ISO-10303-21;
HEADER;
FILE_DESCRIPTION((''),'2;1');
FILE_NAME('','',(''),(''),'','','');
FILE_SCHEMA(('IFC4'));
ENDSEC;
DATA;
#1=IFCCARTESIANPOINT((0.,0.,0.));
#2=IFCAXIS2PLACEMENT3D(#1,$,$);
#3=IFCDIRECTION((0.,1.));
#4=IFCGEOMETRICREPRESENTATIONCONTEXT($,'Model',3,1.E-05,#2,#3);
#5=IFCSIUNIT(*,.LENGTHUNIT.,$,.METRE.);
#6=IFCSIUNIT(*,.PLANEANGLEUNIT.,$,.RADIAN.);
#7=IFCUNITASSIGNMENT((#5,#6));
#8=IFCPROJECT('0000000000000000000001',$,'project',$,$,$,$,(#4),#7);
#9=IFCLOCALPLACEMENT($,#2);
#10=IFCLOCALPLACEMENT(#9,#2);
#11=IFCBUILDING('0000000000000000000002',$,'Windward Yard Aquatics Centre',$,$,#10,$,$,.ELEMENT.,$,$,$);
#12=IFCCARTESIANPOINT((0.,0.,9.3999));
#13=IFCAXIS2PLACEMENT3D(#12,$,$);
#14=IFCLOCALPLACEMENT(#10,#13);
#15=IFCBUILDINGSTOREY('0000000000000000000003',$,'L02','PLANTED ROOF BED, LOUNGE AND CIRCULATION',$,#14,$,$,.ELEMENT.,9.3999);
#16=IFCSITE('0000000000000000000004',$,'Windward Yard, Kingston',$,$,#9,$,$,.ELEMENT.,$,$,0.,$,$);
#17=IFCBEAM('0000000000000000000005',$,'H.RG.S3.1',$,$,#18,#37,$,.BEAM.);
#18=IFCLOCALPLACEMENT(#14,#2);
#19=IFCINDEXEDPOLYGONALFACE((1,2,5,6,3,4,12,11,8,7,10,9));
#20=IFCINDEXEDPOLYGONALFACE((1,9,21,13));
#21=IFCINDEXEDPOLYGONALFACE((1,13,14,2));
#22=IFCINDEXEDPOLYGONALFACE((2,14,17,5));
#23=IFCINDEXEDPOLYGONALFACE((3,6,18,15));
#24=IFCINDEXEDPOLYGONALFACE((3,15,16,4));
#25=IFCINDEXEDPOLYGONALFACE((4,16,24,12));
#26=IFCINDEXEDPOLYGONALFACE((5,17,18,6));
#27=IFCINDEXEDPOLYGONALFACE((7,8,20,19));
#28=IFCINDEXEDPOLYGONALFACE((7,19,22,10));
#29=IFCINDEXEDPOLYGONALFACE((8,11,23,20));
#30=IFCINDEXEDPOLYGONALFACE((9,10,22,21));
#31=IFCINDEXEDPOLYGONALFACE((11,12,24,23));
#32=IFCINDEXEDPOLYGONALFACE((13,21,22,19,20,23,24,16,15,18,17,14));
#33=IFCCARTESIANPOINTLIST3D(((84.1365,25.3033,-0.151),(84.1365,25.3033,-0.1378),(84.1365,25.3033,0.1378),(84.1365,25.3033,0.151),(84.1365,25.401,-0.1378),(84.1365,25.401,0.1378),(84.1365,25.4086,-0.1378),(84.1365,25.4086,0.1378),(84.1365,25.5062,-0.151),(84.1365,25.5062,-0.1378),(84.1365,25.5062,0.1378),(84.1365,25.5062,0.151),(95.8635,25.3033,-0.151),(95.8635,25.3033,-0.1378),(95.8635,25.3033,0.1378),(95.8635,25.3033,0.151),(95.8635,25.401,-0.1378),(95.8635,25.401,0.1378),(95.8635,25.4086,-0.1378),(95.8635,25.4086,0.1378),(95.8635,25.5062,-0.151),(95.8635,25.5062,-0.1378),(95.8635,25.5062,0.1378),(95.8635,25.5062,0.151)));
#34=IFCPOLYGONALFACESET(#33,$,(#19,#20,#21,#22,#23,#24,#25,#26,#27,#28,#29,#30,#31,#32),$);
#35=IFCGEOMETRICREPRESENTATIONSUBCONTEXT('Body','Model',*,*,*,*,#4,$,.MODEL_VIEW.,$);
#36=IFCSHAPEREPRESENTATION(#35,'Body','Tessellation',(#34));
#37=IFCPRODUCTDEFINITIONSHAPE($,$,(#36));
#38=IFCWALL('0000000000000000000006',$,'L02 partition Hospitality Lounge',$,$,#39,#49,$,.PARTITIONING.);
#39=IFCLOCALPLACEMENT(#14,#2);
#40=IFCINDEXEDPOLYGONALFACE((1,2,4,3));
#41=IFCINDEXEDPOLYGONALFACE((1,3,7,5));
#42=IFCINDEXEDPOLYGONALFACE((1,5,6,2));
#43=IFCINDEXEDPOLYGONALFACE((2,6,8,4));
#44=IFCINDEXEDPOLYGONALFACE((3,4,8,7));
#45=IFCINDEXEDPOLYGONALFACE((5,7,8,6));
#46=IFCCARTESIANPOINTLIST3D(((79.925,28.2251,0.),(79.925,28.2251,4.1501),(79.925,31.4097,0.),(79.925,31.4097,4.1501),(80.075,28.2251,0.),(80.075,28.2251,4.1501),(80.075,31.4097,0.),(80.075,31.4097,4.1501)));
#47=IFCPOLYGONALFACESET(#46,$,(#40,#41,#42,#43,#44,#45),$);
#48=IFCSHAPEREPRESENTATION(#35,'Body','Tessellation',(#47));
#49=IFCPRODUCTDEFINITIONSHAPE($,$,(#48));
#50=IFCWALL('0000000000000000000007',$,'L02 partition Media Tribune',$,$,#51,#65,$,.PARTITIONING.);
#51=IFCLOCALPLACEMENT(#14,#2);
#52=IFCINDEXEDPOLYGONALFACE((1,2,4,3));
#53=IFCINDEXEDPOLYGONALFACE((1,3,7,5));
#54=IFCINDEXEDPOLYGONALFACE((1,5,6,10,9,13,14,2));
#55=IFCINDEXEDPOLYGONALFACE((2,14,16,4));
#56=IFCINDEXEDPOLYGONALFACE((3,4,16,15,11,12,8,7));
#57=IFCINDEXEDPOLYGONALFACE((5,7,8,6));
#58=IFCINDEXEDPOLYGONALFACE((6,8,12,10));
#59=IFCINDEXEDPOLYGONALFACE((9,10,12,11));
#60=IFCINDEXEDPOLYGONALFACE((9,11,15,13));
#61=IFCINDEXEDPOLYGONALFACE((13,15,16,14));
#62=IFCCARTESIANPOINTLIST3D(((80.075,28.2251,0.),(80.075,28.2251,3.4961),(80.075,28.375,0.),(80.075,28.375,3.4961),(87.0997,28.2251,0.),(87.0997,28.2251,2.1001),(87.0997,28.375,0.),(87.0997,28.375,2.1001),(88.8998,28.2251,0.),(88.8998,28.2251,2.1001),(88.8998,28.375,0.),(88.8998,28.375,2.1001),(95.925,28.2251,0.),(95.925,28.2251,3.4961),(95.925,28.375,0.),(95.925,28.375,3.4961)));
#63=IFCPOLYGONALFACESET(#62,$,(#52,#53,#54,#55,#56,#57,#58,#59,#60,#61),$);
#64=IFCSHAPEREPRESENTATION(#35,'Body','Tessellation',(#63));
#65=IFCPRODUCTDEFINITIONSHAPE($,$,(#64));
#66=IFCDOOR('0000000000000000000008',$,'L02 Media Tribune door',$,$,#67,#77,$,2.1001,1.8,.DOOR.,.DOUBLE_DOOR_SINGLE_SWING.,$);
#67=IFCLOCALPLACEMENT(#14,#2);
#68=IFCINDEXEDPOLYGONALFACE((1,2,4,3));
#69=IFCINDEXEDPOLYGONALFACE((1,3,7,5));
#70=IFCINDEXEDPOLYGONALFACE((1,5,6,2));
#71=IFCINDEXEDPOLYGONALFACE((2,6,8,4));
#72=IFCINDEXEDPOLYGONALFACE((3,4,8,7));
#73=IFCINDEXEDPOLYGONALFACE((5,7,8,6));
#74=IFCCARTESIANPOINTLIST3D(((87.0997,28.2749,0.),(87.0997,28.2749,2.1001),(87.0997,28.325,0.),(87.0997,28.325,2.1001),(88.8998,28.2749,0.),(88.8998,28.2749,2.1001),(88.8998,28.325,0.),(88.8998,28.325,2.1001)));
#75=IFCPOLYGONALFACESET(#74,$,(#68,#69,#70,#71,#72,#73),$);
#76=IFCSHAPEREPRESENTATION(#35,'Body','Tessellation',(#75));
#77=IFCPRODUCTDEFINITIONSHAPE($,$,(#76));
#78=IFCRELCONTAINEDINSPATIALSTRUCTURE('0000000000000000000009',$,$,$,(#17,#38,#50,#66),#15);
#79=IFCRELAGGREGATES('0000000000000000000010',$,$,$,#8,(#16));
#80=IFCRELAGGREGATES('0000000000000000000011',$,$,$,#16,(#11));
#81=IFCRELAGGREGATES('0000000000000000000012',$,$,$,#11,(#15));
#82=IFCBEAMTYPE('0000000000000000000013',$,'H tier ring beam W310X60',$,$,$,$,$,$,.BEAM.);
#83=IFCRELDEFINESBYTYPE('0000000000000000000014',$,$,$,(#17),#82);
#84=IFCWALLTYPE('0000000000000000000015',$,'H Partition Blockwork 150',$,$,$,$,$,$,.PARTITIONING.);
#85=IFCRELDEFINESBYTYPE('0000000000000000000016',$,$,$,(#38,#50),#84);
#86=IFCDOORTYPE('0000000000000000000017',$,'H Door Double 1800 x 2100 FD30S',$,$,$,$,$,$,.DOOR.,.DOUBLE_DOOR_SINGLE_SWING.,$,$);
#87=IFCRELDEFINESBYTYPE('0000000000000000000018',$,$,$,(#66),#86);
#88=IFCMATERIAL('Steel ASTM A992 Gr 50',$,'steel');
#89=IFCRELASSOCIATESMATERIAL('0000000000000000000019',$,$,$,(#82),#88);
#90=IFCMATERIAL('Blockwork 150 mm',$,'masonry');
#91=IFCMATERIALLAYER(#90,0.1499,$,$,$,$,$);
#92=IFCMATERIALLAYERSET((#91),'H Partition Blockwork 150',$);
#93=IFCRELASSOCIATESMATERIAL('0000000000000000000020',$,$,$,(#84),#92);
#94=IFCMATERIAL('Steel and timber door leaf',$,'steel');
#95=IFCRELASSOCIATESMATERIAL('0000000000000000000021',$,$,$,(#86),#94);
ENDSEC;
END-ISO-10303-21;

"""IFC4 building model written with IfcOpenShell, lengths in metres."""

from ifc_helpers import new_model, si_unit, direction, frame, frame_2d, origin, origin_2d, place, context, subcontext, project, spatial, rectangle, i_section, extrude, material, layer, layer_set, material_profile, profile_set, type_object, element, fill, save


model = new_model("IFC4")

# Units and contexts
model_context = context("Model", 3, precision=1e-05, world=origin(), true_north=direction((0.0, 1.0)))
body_context = subcontext(model_context, "Body", "Model", "MODEL_VIEW")
ifc_project = project(units=[si_unit("LENGTHUNIT", "METRE"), si_unit("PLANEANGLEUNIT", "RADIAN")], contexts=[model_context])

# Site, building, storey
site_placement = place(None, origin())
site = spatial("IfcSite", under=ifc_project, at=site_placement, Name="Windward Yard, Kingston", CompositionType="ELEMENT", RefElevation=0.0)
building_placement = place(site_placement, origin())
building = spatial("IfcBuilding", under=site, at=building_placement, Name="Windward Yard Aquatics Centre", CompositionType="ELEMENT")
storey_placement = place(building_placement, frame((0.0, 0.0, 9.3999)))
storey = spatial("IfcBuildingStorey", under=building, at=storey_placement, Name="L02", Description="PLANTED ROOF BED, LOUNGE AND CIRCULATION", CompositionType="ELEMENT", Elevation=9.3999)

# Beam
ifc_material_1 = material(Name="Steel ASTM A992 Gr 50", Category="steel")
ifc_material_profile_1 = material_profile(ifc_material_1, i_section(OverallWidth=0.2029, OverallDepth=0.302, WebThickness=0.0076, FlangeThickness=0.0132, at=origin_2d()), Name="W310X60")
ifc_profile_set_1 = profile_set([ifc_material_profile_1], Name="Steel ASTM A992 Gr 50")
beam_type_1 = type_object("IfcBeamType", Name="H tier ring beam W310X60", PredefinedType="BEAM", material=ifc_profile_set_1)
beam_1_placement = place(storey_placement, frame((84.1365, 25.4048, 0.0), z_axis=(1.0, 0.0, 0.0), x_axis=(0.0, 1.0, 0.0)))
element("IfcBeam", 1, at=beam_1_placement, inside=storey, type_object=beam_type_1, Name="H.RG.S3.1", PredefinedType="BEAM", context=body_context, shape_type="SweptSolid", body=[
    extrude(i_section(OverallWidth=0.2029, OverallDepth=0.302, WebThickness=0.0076, FlangeThickness=0.0132, at=origin_2d()), origin(), (0.0, 0.0, 1.0), 11.7271),
])

# Wall
ifc_material_2 = material(Name="Blockwork 150 mm", Category="masonry")
ifc_layer_1 = layer(ifc_material_2, 0.1499)
ifc_layer_set_1 = layer_set([ifc_layer_1], Name="H Partition Blockwork 150")
wall_type = type_object("IfcWallType", Name="H Partition Blockwork 150", PredefinedType="PARTITIONING", material=ifc_layer_set_1)
wall_1_placement = place(storey_placement, frame((80.0, 31.4097, 0.0), z_axis=(0.0, 0.0, 1.0), x_axis=(0.0, -1.0, 0.0)))
element("IfcWall", 2, at=wall_1_placement, inside=storey, type_object=wall_type, Name="L02 partition Hospitality Lounge", PredefinedType="PARTITIONING", context=body_context, shape_type="SweptSolid", body=[
    extrude(rectangle(XDim=3.1846, YDim=0.1499, at=frame_2d((1.5923, 0.0))), origin(), (0.0, 0.0, 1.0), 4.1501),
])

# Wall, opening, door
wall_2_placement = place(storey_placement, frame((80.075, 28.3, 0.0), z_axis=(0.0, 0.0, 1.0), x_axis=(1.0, 0.0, 0.0)))
wall_2 = element("IfcWall", 3, at=wall_2_placement, inside=storey, type_object=wall_type, Name="L02 partition Media Tribune", PredefinedType="PARTITIONING", context=body_context, shape_type="SweptSolid", body=[
    extrude(rectangle(XDim=15.8501, YDim=0.1499, at=frame_2d((7.925, 0.0))), origin(), (0.0, 0.0, 1.0), 3.4961),
])
opening_1_placement = place(wall_2_placement, frame((7.0249, 0.0, 0.0)))
opening_1 = element("IfcOpeningElement", 4, at=opening_1_placement, cuts=wall_2, PredefinedType="OPENING", context=body_context, shape_type="SweptSolid", body=[
    extrude(rectangle(XDim=1.8, YDim=2.1001, at=frame_2d((0.8999, 1.05))), frame((0.0, 0.085, 0.0), z_axis=(0.0, -1.0, 0.0), x_axis=(1.0, 0.0, 0.0)), (0.0, 0.0, 1.0), 0.1699),
])
ifc_material_3 = material(Name="Steel and timber door leaf", Category="steel")
door_type = type_object("IfcDoorType", Name="H Door Double 1800 x 2100 FD30S", OperationType="DOUBLE_DOOR_SINGLE_SWING", PredefinedType="DOOR", material=ifc_material_3)
door_placement = place(opening_1_placement, origin())
door = element("IfcDoor", 5, at=door_placement, inside=storey, type_object=door_type, Name="L02 Media Tribune door", OperationType="DOUBLE_DOOR_SINGLE_SWING", OverallHeight=2.1001, OverallWidth=1.8, PredefinedType="DOOR", context=body_context, shape_type="SweptSolid", body=[
    extrude(rectangle(XDim=1.8, YDim=2.1001, at=frame_2d((0.8999, 1.05))), frame((0.0, 0.0249, 0.0), z_axis=(0.0, -1.0, 0.0), x_axis=(1.0, 0.0, 0.0)), (0.0, 0.0, 1.0), 0.05),
])
fill(opening_1, door)

save(model, "model.ifc")
